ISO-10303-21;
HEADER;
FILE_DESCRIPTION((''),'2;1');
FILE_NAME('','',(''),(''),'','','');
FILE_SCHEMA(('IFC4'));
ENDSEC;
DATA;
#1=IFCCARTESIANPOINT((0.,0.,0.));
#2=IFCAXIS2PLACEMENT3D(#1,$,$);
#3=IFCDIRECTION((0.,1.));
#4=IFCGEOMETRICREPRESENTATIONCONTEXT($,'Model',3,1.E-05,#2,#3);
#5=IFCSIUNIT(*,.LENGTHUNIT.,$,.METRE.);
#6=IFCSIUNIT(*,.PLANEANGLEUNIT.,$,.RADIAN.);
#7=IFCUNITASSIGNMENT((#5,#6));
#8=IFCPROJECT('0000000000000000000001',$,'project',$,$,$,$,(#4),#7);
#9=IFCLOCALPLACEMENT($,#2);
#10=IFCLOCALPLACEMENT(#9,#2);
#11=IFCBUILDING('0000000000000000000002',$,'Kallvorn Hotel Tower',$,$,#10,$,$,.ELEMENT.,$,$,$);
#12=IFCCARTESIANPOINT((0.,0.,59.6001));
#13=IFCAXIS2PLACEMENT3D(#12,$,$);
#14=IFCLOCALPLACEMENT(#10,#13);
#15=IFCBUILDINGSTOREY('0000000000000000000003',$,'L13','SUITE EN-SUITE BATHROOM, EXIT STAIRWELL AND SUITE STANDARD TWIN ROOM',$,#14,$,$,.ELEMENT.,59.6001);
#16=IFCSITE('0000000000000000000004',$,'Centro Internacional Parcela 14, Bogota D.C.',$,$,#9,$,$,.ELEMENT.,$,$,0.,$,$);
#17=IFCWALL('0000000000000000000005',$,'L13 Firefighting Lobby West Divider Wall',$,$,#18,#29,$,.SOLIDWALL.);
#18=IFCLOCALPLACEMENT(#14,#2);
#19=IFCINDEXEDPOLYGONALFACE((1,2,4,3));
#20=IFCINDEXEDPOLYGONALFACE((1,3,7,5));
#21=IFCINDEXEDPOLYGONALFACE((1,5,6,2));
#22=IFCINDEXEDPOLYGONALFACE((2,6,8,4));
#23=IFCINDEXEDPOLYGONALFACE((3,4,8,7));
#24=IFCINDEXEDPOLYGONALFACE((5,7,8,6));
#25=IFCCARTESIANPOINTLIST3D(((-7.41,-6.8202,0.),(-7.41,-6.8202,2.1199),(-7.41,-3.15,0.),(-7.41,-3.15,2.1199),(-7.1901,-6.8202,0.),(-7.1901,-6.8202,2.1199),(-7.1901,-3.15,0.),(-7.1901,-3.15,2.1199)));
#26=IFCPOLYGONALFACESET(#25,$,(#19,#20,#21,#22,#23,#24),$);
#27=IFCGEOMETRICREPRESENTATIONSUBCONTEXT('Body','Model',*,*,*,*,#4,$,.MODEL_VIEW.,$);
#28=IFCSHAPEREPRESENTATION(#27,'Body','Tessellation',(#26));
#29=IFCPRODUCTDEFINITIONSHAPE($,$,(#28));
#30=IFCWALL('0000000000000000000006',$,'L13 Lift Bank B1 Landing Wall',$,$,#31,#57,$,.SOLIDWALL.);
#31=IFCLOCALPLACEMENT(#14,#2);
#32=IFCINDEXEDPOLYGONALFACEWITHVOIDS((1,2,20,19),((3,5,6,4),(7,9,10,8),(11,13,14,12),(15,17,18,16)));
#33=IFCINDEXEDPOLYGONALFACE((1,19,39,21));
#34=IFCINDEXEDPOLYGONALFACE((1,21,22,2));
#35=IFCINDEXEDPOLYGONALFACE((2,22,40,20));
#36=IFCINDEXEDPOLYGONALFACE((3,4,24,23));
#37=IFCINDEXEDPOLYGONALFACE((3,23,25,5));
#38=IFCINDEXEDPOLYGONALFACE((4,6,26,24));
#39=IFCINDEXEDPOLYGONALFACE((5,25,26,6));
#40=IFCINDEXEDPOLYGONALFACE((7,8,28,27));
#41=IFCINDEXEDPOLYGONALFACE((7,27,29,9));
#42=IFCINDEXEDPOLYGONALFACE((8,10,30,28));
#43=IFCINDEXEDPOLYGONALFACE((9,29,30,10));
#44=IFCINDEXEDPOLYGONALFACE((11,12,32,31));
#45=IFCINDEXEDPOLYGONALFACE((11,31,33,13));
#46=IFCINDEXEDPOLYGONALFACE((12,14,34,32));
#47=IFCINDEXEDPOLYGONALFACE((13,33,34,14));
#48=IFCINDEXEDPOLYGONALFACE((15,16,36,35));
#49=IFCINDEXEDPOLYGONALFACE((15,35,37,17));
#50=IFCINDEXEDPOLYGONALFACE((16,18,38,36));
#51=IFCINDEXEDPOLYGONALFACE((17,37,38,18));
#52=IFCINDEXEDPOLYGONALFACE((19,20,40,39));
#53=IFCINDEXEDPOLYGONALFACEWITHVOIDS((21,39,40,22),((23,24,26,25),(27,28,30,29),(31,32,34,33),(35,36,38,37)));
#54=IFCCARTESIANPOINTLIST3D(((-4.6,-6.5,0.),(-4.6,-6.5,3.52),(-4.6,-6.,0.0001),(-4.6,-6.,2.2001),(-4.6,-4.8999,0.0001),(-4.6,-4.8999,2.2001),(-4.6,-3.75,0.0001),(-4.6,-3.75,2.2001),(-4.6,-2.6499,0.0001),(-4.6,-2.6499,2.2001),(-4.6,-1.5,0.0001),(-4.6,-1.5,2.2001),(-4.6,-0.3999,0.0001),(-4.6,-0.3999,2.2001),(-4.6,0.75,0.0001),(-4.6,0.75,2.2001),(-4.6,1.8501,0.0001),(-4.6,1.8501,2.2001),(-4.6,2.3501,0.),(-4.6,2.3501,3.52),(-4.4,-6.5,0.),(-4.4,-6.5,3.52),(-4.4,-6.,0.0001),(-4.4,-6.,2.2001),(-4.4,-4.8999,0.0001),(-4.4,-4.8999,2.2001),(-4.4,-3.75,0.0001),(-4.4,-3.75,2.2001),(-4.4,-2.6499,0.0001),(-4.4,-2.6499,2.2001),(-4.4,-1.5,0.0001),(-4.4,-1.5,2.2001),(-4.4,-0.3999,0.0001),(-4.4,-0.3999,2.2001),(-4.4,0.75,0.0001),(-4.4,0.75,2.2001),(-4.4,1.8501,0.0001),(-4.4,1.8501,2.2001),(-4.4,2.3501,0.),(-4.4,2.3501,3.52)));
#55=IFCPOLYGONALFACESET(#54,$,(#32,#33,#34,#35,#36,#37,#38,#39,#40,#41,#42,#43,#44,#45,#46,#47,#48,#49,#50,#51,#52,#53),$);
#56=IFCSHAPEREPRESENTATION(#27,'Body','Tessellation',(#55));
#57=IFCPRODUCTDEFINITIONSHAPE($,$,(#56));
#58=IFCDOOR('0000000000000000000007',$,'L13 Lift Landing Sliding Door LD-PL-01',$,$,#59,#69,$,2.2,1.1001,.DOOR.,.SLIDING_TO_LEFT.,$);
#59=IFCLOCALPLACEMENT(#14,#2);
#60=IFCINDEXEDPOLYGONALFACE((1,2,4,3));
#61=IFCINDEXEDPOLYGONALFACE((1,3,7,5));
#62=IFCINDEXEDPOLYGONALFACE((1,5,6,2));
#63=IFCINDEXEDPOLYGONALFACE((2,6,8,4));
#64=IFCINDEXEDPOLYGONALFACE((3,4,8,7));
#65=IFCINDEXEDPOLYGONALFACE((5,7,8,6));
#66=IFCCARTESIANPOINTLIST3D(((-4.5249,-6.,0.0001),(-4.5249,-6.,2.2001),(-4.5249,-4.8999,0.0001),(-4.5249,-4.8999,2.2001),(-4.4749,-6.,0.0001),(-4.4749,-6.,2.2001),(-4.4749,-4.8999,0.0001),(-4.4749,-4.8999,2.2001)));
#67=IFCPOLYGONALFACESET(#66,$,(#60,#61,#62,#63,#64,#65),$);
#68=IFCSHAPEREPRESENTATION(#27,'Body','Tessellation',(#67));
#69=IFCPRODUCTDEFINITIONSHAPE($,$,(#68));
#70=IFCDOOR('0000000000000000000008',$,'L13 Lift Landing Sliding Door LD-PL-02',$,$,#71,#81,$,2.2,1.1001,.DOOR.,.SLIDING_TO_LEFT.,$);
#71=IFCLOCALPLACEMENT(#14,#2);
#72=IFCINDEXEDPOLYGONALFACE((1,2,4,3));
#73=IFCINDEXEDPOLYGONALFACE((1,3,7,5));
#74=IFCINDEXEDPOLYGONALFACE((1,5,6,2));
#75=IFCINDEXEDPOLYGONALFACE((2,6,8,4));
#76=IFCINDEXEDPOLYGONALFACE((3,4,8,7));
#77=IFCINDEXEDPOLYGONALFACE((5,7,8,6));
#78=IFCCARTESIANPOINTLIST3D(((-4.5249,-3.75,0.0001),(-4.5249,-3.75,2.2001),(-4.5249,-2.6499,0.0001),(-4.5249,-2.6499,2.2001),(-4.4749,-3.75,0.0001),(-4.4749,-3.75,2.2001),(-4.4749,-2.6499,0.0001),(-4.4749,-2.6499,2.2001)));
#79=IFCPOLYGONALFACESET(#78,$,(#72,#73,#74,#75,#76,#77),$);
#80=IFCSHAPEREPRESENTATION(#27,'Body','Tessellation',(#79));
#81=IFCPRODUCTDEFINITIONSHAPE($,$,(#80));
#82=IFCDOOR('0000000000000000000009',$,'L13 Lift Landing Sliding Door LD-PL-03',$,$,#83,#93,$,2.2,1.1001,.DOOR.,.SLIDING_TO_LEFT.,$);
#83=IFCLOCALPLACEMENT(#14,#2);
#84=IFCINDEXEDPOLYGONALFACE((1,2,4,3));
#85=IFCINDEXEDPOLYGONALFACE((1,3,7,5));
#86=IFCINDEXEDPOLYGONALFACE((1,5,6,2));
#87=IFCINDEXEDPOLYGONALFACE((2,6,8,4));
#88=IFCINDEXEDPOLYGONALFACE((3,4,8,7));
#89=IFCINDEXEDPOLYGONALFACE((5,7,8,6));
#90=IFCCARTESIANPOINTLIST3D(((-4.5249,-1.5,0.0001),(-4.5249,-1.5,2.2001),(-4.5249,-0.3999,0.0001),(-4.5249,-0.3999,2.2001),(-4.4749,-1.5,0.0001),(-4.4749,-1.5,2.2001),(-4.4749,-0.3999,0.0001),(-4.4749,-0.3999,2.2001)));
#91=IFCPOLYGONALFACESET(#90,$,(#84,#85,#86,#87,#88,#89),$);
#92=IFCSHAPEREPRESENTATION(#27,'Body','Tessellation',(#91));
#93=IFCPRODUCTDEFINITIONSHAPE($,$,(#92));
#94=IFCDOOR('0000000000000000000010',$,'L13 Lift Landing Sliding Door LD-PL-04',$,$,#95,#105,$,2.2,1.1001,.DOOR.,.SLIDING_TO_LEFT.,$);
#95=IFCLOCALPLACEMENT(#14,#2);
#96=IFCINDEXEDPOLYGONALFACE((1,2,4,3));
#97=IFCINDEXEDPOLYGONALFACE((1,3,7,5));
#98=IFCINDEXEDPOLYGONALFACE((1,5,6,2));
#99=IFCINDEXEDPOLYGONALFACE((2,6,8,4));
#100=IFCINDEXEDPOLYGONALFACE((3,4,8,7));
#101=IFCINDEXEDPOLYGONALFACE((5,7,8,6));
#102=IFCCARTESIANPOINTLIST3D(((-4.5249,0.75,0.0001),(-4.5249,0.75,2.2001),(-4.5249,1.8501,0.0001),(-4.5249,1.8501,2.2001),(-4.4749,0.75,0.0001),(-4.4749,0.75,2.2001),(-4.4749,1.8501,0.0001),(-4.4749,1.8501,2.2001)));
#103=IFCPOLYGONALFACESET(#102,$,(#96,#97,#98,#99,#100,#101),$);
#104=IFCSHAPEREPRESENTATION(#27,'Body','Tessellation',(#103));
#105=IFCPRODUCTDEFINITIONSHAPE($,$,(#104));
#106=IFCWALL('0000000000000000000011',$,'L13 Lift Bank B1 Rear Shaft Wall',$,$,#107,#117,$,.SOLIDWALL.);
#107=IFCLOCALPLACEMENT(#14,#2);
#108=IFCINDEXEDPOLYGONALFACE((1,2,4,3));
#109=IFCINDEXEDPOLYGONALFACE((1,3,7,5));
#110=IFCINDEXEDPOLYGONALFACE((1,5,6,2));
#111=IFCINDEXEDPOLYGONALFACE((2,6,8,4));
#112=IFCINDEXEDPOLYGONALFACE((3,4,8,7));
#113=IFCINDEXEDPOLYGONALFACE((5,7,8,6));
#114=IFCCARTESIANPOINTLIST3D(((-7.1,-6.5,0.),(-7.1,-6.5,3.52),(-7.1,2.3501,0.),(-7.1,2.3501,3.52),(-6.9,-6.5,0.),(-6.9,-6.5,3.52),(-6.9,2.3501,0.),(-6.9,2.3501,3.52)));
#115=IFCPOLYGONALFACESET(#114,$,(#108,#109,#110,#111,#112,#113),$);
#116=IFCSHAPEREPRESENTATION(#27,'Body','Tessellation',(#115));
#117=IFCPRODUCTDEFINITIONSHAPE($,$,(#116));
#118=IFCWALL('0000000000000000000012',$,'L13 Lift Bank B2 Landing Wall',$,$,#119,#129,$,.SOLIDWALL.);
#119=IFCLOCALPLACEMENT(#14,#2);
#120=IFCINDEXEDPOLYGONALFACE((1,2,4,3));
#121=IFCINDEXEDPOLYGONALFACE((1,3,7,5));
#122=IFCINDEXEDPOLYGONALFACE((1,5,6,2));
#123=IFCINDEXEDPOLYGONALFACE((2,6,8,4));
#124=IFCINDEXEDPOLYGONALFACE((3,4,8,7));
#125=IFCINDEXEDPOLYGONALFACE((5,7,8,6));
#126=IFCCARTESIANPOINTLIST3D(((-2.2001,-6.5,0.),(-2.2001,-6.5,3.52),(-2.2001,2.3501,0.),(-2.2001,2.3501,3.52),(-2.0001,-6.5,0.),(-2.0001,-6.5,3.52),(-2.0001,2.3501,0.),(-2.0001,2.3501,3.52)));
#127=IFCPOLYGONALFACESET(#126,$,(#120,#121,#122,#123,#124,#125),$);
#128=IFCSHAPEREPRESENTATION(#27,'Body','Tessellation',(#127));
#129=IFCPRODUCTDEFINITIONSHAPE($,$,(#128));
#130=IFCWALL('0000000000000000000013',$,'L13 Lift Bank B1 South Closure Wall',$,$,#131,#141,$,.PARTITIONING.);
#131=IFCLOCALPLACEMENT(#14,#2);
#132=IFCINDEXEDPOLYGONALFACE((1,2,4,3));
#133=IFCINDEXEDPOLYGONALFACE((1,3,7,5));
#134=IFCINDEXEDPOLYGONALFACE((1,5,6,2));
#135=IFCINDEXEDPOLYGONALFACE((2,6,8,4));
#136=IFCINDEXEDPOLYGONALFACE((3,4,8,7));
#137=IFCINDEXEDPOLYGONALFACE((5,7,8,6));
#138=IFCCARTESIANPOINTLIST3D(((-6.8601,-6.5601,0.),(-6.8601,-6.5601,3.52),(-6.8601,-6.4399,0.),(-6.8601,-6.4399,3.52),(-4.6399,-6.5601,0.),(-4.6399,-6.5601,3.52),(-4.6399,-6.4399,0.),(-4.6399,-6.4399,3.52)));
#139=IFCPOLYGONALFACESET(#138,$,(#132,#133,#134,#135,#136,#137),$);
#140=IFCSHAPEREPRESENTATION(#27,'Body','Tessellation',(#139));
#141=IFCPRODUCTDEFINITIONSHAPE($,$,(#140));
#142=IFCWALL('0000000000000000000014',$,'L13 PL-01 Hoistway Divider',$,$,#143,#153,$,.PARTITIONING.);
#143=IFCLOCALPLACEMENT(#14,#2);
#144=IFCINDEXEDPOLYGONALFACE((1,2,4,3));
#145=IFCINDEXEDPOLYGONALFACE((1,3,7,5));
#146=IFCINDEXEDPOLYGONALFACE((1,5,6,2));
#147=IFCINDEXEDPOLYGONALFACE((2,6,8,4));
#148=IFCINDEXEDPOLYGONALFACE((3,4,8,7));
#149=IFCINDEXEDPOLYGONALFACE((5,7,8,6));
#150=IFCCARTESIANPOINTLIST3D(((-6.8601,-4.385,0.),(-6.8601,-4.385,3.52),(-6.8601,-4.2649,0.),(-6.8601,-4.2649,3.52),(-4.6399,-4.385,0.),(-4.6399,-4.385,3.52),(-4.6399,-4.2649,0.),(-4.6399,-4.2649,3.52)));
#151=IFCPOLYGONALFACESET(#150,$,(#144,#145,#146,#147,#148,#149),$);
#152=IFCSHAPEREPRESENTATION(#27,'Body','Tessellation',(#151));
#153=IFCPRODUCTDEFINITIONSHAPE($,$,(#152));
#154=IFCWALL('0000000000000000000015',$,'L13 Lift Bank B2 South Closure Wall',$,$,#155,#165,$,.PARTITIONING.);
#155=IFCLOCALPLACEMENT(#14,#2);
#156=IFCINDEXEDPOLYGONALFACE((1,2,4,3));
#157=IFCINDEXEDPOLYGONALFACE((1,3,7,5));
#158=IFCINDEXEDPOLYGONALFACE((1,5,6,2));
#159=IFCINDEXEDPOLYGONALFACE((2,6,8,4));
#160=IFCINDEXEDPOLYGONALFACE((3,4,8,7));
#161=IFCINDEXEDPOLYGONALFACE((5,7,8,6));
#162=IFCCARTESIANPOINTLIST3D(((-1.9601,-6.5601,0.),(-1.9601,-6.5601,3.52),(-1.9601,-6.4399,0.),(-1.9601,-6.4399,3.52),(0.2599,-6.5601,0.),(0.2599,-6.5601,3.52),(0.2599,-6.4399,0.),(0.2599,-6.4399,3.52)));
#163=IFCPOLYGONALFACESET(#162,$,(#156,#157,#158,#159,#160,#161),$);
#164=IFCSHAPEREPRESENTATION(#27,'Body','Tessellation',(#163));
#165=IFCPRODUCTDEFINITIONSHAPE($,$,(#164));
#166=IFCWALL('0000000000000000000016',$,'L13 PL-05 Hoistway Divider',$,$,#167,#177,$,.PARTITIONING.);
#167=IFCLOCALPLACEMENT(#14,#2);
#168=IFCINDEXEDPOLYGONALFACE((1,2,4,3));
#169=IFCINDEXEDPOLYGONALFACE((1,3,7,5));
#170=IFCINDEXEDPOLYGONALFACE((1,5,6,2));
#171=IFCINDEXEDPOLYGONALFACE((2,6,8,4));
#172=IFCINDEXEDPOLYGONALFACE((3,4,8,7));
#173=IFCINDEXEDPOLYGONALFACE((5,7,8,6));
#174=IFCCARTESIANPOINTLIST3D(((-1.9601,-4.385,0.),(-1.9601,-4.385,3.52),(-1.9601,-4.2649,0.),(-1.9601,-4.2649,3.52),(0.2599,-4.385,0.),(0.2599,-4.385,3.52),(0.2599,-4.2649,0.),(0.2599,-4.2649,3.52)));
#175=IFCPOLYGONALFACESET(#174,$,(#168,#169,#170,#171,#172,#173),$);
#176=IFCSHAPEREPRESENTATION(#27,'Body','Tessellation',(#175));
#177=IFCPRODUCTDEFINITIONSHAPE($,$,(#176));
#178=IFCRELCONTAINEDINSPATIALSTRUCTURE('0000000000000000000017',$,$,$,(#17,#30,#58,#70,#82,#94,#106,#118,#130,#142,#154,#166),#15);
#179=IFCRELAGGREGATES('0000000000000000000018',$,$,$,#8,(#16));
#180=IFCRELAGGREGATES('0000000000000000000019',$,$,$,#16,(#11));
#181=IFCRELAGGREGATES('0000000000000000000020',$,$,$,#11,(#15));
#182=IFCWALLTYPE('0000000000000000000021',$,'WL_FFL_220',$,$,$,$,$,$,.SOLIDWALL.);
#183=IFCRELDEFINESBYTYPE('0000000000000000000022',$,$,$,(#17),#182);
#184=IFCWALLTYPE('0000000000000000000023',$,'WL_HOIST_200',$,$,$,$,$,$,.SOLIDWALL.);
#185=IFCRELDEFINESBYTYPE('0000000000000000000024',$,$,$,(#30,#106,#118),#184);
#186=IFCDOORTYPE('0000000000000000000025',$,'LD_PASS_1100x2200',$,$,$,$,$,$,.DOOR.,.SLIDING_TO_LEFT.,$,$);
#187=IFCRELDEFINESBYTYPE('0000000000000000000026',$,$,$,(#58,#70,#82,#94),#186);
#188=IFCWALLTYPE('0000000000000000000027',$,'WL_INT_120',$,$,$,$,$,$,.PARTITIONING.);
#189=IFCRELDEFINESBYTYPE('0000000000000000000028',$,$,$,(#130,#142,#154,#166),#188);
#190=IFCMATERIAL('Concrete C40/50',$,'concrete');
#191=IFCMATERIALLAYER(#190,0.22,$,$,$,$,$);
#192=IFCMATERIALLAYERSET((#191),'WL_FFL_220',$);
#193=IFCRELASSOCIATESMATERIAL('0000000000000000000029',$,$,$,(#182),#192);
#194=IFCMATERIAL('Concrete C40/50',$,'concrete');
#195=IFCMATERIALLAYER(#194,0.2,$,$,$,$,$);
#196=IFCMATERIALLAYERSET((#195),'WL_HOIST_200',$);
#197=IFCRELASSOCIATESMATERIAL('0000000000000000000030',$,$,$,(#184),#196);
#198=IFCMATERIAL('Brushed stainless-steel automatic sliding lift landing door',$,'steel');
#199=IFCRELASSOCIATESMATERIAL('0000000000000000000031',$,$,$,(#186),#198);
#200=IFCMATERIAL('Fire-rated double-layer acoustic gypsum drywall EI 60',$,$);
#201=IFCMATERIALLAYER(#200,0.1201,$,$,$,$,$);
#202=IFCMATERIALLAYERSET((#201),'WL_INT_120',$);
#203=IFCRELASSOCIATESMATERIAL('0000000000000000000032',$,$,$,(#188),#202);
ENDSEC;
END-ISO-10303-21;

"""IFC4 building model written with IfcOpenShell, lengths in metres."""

from ifc_helpers import new_model, si_unit, direction, frame, frame_2d, origin, place, context, subcontext, project, spatial, rectangle, extrude, material, layer, layer_set, type_object, element, fill, save


model = new_model("IFC4")

# Units and contexts
model_context = context("Model", 3, precision=1e-05, world=origin(), true_north=direction((0.0, 1.0)))
body_context = subcontext(model_context, "Body", "Model", "MODEL_VIEW")
ifc_project = project(units=[si_unit("LENGTHUNIT", "METRE"), si_unit("PLANEANGLEUNIT", "RADIAN")], contexts=[model_context])

# Site, building, storey
site_placement = place(None, origin())
site = spatial("IfcSite", under=ifc_project, at=site_placement, Name="Centro Internacional Parcela 14, Bogota D.C.", CompositionType="ELEMENT", RefElevation=0.0)
building_placement = place(site_placement, origin())
building = spatial("IfcBuilding", under=site, at=building_placement, Name="Kallvorn Hotel Tower", CompositionType="ELEMENT")
storey_placement = place(building_placement, frame((0.0, 0.0, 59.6001)))
storey = spatial("IfcBuildingStorey", under=building, at=storey_placement, Name="L13", Description="SUITE EN-SUITE BATHROOM, EXIT STAIRWELL AND SUITE STANDARD TWIN ROOM", CompositionType="ELEMENT", Elevation=59.6001)

# Wall
ifc_material_1 = material(Name="Concrete C40/50", Category="concrete")
ifc_layer_1 = layer(ifc_material_1, 0.22)
ifc_layer_set_1 = layer_set([ifc_layer_1], Name="WL_FFL_220")
wall_type_1 = type_object("IfcWallType", Name="WL_FFL_220", PredefinedType="SOLIDWALL", material=ifc_layer_set_1)
wall_1_placement = place(storey_placement, frame((-7.3, -6.8201, 0.0), z_axis=(0.0, 0.0, 1.0), x_axis=(0.0, 1.0, 0.0)))
element("IfcWall", 1, at=wall_1_placement, inside=storey, type_object=wall_type_1, Name="L13 Firefighting Lobby West Divider Wall", PredefinedType="SOLIDWALL", context=body_context, shape_type="SweptSolid", body=[
    extrude(rectangle(XDim=3.6702, YDim=0.22, at=frame_2d((1.835, 0.0))), origin(), (0.0, 0.0, 1.0), 2.1199),
])

# Wall, openings, doors
ifc_material_2 = material(Name="Concrete C40/50", Category="concrete")
ifc_layer_2 = layer(ifc_material_2, 0.2)
ifc_layer_set_2 = layer_set([ifc_layer_2], Name="WL_HOIST_200")
wall_type_2 = type_object("IfcWallType", Name="WL_HOIST_200", PredefinedType="SOLIDWALL", material=ifc_layer_set_2)
wall_2_placement = place(storey_placement, frame((-4.5, -6.5, 0.0), z_axis=(0.0, 0.0, 1.0), x_axis=(0.0, 1.0, 0.0)))
wall_2 = element("IfcWall", 2, at=wall_2_placement, inside=storey, type_object=wall_type_2, Name="L13 Lift Bank B1 Landing Wall", PredefinedType="SOLIDWALL", context=body_context, shape_type="SweptSolid", body=[
    extrude(rectangle(XDim=8.8501, YDim=0.2, at=frame_2d((4.425, 0.0))), origin(), (0.0, 0.0, 1.0), 3.52),
])
opening_1_placement = place(wall_2_placement, frame((0.5, 0.0, 0.0)))
opening_1 = element("IfcOpeningElement", 3, at=opening_1_placement, cuts=wall_2, PredefinedType="OPENING", context=body_context, shape_type="SweptSolid", body=[
    extrude(rectangle(XDim=1.1001, YDim=2.2, at=frame_2d((0.55, 1.1001))), frame((0.0, 0.115, 0.0), z_axis=(0.0, -1.0, 0.0), x_axis=(1.0, 0.0, 0.0)), (0.0, 0.0, 1.0), 0.23),
])
opening_2_placement = place(wall_2_placement, frame((2.75, 0.0, 0.0)))
opening_2 = element("IfcOpeningElement", 4, at=opening_2_placement, cuts=wall_2, PredefinedType="OPENING", context=body_context, shape_type="SweptSolid", body=[
    extrude(rectangle(XDim=1.1001, YDim=2.2, at=frame_2d((0.55, 1.1001))), frame((0.0, 0.115, 0.0), z_axis=(0.0, -1.0, 0.0), x_axis=(1.0, 0.0, 0.0)), (0.0, 0.0, 1.0), 0.23),
])
opening_3_placement = place(wall_2_placement, frame((5.0, 0.0, 0.0)))
opening_3 = element("IfcOpeningElement", 5, at=opening_3_placement, cuts=wall_2, PredefinedType="OPENING", context=body_context, shape_type="SweptSolid", body=[
    extrude(rectangle(XDim=1.1001, YDim=2.2, at=frame_2d((0.55, 1.1001))), frame((0.0, 0.115, 0.0), z_axis=(0.0, -1.0, 0.0), x_axis=(1.0, 0.0, 0.0)), (0.0, 0.0, 1.0), 0.23),
])
opening_4_placement = place(wall_2_placement, frame((7.25, 0.0, 0.0)))
opening_4 = element("IfcOpeningElement", 6, at=opening_4_placement, cuts=wall_2, PredefinedType="OPENING", context=body_context, shape_type="SweptSolid", body=[
    extrude(rectangle(XDim=1.1001, YDim=2.2, at=frame_2d((0.55, 1.1001))), frame((0.0, 0.115, 0.0), z_axis=(0.0, -1.0, 0.0), x_axis=(1.0, 0.0, 0.0)), (0.0, 0.0, 1.0), 0.23),
])
ifc_material_3 = material(Name="Brushed stainless-steel automatic sliding lift landing door", Category="steel")
door_type_1 = type_object("IfcDoorType", Name="LD_PASS_1100x2200", OperationType="SLIDING_TO_LEFT", PredefinedType="DOOR", material=ifc_material_3)
door_1_placement = place(opening_1_placement, origin())
door_1 = element("IfcDoor", 7, at=door_1_placement, inside=storey, type_object=door_type_1, Name="L13 Lift Landing Sliding Door LD-PL-01", OperationType="SLIDING_TO_LEFT", OverallHeight=2.2, OverallWidth=1.1001, PredefinedType="DOOR", context=body_context, shape_type="SweptSolid", body=[
    extrude(rectangle(XDim=1.1001, YDim=2.2, at=frame_2d((0.55, 1.1001))), frame((0.0, 0.0249, 0.0), z_axis=(0.0, -1.0, 0.0), x_axis=(1.0, 0.0, 0.0)), (0.0, 0.0, 1.0), 0.05),
])
fill(opening_1, door_1)
door_2_placement = place(opening_2_placement, origin())
door_2 = element("IfcDoor", 8, at=door_2_placement, inside=storey, type_object=door_type_1, Name="L13 Lift Landing Sliding Door LD-PL-02", OperationType="SLIDING_TO_LEFT", OverallHeight=2.2, OverallWidth=1.1001, PredefinedType="DOOR", context=body_context, shape_type="SweptSolid", body=[
    extrude(rectangle(XDim=1.1001, YDim=2.2, at=frame_2d((0.55, 1.1001))), frame((0.0, 0.0249, 0.0), z_axis=(0.0, -1.0, 0.0), x_axis=(1.0, 0.0, 0.0)), (0.0, 0.0, 1.0), 0.05),
])
fill(opening_2, door_2)
door_3_placement = place(opening_3_placement, origin())
door_3 = element("IfcDoor", 9, at=door_3_placement, inside=storey, type_object=door_type_1, Name="L13 Lift Landing Sliding Door LD-PL-03", OperationType="SLIDING_TO_LEFT", OverallHeight=2.2, OverallWidth=1.1001, PredefinedType="DOOR", context=body_context, shape_type="SweptSolid", body=[
    extrude(rectangle(XDim=1.1001, YDim=2.2, at=frame_2d((0.55, 1.1001))), frame((0.0, 0.0249, 0.0), z_axis=(0.0, -1.0, 0.0), x_axis=(1.0, 0.0, 0.0)), (0.0, 0.0, 1.0), 0.05),
])
fill(opening_3, door_3)
door_4_placement = place(opening_4_placement, origin())
door_4 = element("IfcDoor", 10, at=door_4_placement, inside=storey, type_object=door_type_1, Name="L13 Lift Landing Sliding Door LD-PL-04", OperationType="SLIDING_TO_LEFT", OverallHeight=2.2, OverallWidth=1.1001, PredefinedType="DOOR", context=body_context, shape_type="SweptSolid", body=[
    extrude(rectangle(XDim=1.1001, YDim=2.2, at=frame_2d((0.55, 1.1001))), frame((0.0, 0.0249, 0.0), z_axis=(0.0, -1.0, 0.0), x_axis=(1.0, 0.0, 0.0)), (0.0, 0.0, 1.0), 0.05),
])
fill(opening_4, door_4)

# Walls
for number, where, z_axis, x_axis, name in (
    (11, (-7.0, -6.5, 0.0), (0.0, 0.0, 1.0), (0.0, 1.0, 0.0), "L13 Lift Bank B1 Rear Shaft Wall"),
    (12, (-2.1001, -6.5, 0.0), (0.0, 0.0, 1.0), (0.0, 1.0, 0.0), "L13 Lift Bank B2 Landing Wall"),
):
    element("IfcWall", number, at=place(storey_placement, frame(where, z_axis=z_axis, x_axis=x_axis)), inside=storey, type_object=wall_type_2, Name=name, PredefinedType="SOLIDWALL", context=body_context, shape_type="SweptSolid", body=[
        extrude(rectangle(XDim=8.8501, YDim=0.2, at=frame_2d((4.425, 0.0))), origin(), (0.0, 0.0, 1.0), 3.52),
    ])
ifc_material_4 = material(Name="Fire-rated double-layer acoustic gypsum drywall EI 60")
ifc_layer_3 = layer(ifc_material_4, 0.1201)
ifc_layer_set_3 = layer_set([ifc_layer_3], Name="WL_INT_120")
wall_type_3 = type_object("IfcWallType", Name="WL_INT_120", PredefinedType="PARTITIONING", material=ifc_layer_set_3)
for number, where, z_axis, x_axis, name in (
    (13, (-6.8601, -6.5, 0.0), (0.0, 0.0, 1.0), (1.0, 0.0, 0.0), "L13 Lift Bank B1 South Closure Wall"),
    (14, (-6.8601, -4.325, 0.0), (0.0, 0.0, 1.0), (1.0, 0.0, 0.0), "L13 PL-01 Hoistway Divider"),
):
    element("IfcWall", number, at=place(storey_placement, frame(where, z_axis=z_axis, x_axis=x_axis)), inside=storey, type_object=wall_type_3, Name=name, PredefinedType="PARTITIONING", context=body_context, shape_type="SweptSolid", body=[
        extrude(rectangle(XDim=2.2202, YDim=0.1201, at=frame_2d((1.1101, 0.0))), origin(), (0.0, 0.0, 1.0), 3.52),
    ])
for number, where, z_axis, x_axis, name in (
    (15, (-1.96, -6.5, 0.0), (0.0, 0.0, 1.0), (1.0, 0.0, 0.0), "L13 Lift Bank B2 South Closure Wall"),
    (16, (-1.96, -4.325, 0.0), (0.0, 0.0, 1.0), (1.0, 0.0, 0.0), "L13 PL-05 Hoistway Divider"),
):
    element("IfcWall", number, at=place(storey_placement, frame(where, z_axis=z_axis, x_axis=x_axis)), inside=storey, type_object=wall_type_3, Name=name, PredefinedType="PARTITIONING", context=body_context, shape_type="SweptSolid", body=[
        extrude(rectangle(XDim=2.22, YDim=0.1201, at=frame_2d((1.1099, 0.0))), origin(), (0.0, 0.0, 1.0), 3.52),
    ])

save(model, "model.ifc")
